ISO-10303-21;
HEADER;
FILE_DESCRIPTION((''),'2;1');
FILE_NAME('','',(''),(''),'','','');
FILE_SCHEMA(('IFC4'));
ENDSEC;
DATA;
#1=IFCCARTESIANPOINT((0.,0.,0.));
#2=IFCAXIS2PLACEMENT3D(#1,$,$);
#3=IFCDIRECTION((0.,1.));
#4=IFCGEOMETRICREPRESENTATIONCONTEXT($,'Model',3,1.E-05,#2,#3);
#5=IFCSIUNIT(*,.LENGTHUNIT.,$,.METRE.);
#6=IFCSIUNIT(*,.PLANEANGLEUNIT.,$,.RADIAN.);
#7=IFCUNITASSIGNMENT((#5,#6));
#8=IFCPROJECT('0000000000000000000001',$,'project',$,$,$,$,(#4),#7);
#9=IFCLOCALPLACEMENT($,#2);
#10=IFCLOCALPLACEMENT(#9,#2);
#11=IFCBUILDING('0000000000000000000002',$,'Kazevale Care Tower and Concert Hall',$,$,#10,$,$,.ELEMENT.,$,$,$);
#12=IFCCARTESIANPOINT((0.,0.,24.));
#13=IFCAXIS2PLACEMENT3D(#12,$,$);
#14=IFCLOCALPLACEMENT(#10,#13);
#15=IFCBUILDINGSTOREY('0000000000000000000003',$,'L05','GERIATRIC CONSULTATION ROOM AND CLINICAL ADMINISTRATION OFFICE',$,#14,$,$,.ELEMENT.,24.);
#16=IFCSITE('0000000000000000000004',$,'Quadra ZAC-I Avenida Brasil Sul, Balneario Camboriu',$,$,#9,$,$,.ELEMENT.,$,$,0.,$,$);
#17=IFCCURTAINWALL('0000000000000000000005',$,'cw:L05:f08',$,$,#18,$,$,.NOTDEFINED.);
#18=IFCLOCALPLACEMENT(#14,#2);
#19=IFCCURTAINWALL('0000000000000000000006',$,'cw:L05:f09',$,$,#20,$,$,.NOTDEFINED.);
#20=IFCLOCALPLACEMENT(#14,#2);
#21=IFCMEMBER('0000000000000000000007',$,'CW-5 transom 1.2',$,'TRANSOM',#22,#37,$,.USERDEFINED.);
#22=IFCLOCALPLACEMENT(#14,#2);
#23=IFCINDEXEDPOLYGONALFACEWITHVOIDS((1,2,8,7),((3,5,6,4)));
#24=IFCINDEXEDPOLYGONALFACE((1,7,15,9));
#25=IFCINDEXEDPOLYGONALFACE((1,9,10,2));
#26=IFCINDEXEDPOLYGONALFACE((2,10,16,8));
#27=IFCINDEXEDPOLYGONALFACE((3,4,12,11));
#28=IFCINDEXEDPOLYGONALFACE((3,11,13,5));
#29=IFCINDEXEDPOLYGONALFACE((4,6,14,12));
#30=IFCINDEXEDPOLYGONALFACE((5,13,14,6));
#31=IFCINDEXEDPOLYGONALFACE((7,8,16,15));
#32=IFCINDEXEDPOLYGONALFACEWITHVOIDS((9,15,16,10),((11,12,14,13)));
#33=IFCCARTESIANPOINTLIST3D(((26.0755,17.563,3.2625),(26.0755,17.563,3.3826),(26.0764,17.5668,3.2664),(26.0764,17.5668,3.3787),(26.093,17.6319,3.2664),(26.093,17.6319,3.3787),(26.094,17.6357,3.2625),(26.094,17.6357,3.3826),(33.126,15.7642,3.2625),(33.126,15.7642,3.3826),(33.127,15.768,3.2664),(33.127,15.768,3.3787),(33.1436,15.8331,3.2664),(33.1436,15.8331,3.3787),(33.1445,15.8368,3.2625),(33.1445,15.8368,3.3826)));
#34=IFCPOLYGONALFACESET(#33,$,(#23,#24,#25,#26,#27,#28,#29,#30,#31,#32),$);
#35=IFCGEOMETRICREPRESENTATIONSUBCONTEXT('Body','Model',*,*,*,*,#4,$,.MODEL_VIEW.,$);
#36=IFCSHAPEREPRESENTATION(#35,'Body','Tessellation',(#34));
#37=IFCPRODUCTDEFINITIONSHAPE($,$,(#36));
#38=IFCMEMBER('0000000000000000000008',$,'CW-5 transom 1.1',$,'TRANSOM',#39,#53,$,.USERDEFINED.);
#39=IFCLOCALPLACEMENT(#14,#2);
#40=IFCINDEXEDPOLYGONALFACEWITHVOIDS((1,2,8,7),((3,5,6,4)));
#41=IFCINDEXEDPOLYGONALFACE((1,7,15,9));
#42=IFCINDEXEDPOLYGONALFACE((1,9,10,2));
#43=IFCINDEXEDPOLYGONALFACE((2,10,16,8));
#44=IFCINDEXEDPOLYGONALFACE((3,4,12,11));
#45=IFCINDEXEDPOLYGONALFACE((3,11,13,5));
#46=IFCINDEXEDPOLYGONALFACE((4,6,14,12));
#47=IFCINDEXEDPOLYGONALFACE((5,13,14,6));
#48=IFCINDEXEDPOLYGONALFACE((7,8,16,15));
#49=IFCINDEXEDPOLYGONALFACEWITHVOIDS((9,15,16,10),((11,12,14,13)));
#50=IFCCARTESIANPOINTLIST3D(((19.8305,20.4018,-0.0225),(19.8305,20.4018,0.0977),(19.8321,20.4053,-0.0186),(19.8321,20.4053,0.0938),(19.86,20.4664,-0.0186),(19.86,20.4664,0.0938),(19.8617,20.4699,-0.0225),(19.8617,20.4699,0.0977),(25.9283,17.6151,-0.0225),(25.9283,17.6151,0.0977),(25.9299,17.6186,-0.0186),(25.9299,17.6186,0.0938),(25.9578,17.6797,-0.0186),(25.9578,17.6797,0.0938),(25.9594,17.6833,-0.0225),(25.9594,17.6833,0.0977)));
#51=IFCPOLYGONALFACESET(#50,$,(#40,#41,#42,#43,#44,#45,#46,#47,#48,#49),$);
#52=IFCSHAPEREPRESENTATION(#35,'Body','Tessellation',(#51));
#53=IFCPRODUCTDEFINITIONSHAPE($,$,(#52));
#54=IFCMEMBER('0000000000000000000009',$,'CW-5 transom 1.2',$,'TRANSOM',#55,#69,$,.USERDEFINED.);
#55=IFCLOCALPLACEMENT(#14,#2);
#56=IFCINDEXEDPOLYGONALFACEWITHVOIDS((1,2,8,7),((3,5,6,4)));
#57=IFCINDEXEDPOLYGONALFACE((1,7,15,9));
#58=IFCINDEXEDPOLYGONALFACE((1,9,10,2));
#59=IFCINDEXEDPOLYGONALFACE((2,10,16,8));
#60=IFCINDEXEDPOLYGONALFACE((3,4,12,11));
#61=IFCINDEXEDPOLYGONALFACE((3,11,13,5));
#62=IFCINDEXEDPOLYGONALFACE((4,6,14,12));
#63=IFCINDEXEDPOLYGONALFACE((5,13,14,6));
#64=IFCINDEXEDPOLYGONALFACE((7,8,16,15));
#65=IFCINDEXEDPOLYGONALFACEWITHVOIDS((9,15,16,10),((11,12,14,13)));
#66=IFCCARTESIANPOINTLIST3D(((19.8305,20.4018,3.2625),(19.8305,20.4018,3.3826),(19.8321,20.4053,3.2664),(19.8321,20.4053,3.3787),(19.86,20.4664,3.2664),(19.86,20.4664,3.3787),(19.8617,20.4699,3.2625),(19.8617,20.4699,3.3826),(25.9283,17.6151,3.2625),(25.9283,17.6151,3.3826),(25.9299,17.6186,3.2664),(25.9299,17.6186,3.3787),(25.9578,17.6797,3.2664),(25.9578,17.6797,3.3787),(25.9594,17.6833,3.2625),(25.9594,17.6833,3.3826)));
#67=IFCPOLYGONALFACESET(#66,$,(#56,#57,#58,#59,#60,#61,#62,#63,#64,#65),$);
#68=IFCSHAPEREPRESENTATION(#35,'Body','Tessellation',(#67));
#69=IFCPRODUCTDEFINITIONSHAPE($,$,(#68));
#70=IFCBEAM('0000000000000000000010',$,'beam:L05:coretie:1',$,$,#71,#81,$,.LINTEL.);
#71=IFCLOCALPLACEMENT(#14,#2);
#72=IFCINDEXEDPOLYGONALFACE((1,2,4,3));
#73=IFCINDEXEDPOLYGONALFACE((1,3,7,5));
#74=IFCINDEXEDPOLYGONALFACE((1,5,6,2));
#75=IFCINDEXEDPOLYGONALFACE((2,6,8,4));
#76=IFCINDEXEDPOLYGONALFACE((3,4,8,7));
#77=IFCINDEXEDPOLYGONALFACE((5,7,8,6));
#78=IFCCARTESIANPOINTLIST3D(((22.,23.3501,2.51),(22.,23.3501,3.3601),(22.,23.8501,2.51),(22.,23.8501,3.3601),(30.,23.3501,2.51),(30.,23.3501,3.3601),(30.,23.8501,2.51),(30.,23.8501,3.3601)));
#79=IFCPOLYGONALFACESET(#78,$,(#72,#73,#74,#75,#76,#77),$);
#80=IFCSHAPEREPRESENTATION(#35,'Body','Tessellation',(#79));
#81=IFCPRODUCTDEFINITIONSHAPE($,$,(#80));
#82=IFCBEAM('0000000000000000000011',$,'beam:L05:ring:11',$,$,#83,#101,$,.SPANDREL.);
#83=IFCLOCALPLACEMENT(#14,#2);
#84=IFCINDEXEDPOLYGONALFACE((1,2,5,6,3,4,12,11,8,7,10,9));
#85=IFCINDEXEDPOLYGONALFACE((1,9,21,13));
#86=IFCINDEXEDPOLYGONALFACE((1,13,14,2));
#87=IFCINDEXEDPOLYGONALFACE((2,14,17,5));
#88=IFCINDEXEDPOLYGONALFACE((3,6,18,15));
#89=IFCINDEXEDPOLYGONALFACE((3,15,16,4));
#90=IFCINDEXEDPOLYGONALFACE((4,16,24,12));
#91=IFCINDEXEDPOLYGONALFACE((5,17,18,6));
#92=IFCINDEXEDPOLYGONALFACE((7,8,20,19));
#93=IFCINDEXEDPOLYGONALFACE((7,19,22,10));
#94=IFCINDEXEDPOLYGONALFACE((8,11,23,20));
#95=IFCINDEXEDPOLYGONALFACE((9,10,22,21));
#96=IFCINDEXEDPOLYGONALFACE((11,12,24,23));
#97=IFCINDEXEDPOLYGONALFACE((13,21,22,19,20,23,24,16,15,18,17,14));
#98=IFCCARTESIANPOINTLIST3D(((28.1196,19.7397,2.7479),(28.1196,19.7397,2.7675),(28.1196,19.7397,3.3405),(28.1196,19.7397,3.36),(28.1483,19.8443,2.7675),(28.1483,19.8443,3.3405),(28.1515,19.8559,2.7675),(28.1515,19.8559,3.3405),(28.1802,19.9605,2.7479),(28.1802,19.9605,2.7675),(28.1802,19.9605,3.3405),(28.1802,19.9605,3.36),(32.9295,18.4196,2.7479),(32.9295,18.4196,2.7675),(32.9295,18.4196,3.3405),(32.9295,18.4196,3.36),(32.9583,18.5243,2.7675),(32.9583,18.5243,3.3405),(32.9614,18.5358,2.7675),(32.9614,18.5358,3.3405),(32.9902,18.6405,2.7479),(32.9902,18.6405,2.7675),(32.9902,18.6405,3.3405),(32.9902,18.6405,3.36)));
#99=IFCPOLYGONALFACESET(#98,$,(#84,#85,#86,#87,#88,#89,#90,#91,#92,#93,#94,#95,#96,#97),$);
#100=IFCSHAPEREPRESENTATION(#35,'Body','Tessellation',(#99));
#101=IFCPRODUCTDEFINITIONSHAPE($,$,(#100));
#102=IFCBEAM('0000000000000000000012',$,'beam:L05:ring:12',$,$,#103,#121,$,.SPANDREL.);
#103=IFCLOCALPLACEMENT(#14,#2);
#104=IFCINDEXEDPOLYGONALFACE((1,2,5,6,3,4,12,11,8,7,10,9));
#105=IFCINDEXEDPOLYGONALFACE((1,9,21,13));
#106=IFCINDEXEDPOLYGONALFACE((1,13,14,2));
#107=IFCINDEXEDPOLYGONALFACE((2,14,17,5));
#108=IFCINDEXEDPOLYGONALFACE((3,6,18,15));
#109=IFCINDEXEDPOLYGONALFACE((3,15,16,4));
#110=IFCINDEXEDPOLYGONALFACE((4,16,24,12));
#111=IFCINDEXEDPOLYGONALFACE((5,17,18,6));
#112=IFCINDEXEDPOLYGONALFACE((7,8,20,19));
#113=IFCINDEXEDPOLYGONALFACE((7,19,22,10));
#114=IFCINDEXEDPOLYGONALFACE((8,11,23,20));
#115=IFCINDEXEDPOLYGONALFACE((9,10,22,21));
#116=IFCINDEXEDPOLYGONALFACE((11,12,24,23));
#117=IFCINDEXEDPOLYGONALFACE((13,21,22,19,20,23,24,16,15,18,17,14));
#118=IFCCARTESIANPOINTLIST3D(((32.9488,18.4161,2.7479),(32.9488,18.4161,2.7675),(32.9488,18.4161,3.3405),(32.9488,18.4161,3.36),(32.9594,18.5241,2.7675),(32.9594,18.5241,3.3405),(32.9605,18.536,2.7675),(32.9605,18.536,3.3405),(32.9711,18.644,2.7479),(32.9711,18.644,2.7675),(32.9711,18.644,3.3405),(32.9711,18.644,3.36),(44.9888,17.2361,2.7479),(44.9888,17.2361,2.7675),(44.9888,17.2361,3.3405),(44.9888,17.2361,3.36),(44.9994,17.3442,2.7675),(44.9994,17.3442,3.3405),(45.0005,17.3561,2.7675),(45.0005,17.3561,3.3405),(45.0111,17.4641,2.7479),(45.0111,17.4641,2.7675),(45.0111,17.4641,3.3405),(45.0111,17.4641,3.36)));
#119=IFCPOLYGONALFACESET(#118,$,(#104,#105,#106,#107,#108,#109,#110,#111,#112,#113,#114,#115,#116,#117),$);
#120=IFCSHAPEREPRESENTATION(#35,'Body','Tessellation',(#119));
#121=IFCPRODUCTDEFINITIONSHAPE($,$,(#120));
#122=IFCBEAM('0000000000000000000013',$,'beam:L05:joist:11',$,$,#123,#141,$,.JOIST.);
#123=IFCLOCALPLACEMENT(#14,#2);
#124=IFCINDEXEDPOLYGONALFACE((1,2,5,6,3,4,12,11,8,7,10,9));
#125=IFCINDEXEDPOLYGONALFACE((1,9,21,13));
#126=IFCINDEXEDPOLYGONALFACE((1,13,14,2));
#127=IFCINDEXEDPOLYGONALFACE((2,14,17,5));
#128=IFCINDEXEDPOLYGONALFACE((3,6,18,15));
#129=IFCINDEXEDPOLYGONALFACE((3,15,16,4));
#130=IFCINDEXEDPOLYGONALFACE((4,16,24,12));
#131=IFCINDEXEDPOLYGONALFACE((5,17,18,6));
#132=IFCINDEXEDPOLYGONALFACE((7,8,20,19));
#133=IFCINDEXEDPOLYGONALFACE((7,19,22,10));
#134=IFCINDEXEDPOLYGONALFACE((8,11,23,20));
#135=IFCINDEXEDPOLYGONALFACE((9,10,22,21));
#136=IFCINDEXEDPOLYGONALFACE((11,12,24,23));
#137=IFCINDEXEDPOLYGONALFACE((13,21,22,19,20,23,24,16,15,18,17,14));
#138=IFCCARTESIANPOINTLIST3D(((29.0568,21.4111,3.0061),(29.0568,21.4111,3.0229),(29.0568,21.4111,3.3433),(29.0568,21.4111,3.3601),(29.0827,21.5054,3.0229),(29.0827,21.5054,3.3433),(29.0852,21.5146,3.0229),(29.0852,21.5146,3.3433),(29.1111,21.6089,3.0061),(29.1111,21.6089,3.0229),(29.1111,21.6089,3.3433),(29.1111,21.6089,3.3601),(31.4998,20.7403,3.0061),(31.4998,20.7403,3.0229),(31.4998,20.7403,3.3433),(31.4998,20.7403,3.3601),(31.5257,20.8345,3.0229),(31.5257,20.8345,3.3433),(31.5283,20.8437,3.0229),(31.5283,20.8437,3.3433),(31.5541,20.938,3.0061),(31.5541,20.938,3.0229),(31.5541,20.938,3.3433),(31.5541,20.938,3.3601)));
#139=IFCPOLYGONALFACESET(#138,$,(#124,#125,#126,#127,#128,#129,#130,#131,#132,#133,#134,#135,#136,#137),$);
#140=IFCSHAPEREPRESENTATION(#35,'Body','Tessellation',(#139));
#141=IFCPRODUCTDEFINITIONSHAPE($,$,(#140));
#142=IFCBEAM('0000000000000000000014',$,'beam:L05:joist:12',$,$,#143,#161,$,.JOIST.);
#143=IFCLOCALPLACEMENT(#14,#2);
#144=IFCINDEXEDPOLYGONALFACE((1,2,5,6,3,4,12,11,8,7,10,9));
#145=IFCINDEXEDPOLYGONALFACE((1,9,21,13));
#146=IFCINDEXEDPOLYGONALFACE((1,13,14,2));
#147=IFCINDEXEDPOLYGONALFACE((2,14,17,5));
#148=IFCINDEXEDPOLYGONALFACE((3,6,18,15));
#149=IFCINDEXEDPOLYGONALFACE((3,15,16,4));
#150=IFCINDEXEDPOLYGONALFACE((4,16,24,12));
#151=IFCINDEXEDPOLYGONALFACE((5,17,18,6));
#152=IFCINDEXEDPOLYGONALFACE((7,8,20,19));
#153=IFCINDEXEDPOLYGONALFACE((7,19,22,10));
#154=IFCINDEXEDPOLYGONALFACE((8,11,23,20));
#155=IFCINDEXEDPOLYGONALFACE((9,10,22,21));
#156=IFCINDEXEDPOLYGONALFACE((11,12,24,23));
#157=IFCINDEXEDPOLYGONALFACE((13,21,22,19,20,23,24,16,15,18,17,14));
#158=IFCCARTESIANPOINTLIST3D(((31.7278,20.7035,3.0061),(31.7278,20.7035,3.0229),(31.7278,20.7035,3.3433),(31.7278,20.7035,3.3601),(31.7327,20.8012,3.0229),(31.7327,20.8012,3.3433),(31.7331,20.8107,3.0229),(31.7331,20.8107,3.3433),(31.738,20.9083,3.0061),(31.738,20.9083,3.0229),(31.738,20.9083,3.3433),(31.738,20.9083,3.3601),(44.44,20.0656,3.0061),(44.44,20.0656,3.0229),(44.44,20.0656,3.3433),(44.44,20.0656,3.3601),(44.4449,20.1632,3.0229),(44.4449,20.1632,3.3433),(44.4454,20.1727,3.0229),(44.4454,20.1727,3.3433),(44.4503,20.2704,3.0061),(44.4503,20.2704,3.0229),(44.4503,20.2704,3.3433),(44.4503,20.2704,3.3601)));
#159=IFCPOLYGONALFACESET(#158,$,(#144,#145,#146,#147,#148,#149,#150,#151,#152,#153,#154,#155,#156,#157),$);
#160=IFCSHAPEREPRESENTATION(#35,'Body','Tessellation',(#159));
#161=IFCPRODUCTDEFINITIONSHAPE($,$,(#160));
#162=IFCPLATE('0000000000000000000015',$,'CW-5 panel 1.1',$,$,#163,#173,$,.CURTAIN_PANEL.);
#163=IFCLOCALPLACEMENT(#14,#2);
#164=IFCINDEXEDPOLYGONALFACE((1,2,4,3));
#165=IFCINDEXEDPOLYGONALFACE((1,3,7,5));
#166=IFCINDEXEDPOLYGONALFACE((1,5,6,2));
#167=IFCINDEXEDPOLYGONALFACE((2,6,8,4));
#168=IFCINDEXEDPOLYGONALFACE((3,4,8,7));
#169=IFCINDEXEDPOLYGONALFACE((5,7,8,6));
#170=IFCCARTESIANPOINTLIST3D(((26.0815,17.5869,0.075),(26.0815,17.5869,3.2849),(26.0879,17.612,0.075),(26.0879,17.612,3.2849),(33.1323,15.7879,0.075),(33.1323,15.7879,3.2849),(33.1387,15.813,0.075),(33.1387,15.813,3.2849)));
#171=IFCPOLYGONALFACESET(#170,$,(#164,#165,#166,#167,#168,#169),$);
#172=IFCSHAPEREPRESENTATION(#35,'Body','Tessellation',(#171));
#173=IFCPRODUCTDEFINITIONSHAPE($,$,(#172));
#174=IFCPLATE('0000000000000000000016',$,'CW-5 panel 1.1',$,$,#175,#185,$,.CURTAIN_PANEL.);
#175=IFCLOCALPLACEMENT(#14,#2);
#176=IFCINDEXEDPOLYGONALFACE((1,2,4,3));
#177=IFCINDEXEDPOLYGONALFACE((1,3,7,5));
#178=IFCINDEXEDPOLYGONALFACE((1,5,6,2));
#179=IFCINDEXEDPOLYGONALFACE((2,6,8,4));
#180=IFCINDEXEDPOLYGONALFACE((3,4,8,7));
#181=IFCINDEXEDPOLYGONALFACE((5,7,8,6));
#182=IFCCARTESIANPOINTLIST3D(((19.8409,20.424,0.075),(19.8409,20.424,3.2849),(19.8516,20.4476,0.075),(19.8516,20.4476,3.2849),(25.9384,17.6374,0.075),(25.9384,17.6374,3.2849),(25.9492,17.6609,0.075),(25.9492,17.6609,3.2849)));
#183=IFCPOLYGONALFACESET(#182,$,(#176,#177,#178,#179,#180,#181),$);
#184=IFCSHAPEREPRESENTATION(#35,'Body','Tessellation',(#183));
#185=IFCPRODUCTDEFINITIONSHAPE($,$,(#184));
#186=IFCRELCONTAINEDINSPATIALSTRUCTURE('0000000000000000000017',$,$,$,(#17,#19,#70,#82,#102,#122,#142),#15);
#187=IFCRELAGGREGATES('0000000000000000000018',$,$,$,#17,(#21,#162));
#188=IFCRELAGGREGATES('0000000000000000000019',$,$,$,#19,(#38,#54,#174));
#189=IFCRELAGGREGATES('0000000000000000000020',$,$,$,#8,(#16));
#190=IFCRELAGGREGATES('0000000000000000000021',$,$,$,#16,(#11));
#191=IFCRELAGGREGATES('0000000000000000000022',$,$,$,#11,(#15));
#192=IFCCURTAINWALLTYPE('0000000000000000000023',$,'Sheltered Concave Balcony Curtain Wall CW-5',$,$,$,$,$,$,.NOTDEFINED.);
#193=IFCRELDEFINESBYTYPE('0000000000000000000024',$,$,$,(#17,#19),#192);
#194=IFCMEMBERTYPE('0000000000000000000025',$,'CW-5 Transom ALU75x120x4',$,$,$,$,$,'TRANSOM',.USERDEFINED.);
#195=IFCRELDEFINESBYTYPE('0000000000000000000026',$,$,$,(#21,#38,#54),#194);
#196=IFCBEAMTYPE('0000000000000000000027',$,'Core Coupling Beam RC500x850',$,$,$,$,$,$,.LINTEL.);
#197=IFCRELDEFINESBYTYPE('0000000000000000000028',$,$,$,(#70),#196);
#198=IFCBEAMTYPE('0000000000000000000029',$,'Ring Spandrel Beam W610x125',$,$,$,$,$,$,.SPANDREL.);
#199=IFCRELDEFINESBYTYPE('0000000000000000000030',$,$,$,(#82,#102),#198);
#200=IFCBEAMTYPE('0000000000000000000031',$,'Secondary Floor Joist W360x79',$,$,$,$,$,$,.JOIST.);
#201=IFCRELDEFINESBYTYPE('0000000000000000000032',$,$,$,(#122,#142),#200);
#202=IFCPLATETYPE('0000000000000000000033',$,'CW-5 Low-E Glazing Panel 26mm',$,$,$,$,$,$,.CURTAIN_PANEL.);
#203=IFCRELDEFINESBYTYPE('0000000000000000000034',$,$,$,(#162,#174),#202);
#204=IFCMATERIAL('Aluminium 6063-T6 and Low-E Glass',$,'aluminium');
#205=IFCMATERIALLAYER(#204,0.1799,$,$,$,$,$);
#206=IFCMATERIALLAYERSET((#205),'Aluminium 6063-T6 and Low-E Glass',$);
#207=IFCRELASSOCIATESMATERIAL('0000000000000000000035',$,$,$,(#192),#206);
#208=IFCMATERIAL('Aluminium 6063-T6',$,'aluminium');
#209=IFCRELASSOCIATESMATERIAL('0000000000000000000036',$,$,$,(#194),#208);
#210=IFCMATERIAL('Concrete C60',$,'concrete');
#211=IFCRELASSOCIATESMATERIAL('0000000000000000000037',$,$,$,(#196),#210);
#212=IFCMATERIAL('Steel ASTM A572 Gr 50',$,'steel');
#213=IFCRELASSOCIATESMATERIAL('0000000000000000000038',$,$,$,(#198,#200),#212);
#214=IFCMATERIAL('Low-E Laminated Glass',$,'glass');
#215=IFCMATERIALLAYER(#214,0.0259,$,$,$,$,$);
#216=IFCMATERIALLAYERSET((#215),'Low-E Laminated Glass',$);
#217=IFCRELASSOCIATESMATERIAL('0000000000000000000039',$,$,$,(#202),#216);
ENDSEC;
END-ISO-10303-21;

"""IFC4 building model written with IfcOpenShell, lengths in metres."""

from ifc_helpers import new_model, si_unit, direction, frame, origin, origin_2d, place, context, subcontext, project, spatial, rectangle, hollow_rectangle, i_section, extrude, material, layer, layer_set, material_profile, profile_set, type_object, element, aggregate, save


model = new_model("IFC4")

# Units and contexts
model_context = context("Model", 3, precision=1e-05, world=origin(), true_north=direction((0.0, 1.0)))
body_context = subcontext(model_context, "Body", "Model", "MODEL_VIEW")
ifc_project = project(units=[si_unit("LENGTHUNIT", "METRE"), si_unit("PLANEANGLEUNIT", "RADIAN")], contexts=[model_context])

# Site, building, storey
site_placement = place(None, origin())
site = spatial("IfcSite", under=ifc_project, at=site_placement, Name="Quadra ZAC-I Avenida Brasil Sul, Balneario Camboriu", CompositionType="ELEMENT", RefElevation=0.0)
building_placement = place(site_placement, origin())
building = spatial("IfcBuilding", under=site, at=building_placement, Name="Kazevale Care Tower and Concert Hall", CompositionType="ELEMENT")
storey_placement = place(building_placement, frame((0.0, 0.0, 24.0)))
storey = spatial("IfcBuildingStorey", under=building, at=storey_placement, Name="L05", Description="GERIATRIC CONSULTATION ROOM AND CLINICAL ADMINISTRATION OFFICE", CompositionType="ELEMENT", Elevation=24.0)

# Curtain wall
ifc_material_1 = material(Name="Aluminium 6063-T6 and Low-E Glass", Category="aluminium")
ifc_layer_1 = layer(ifc_material_1, 0.1799)
ifc_layer_set_1 = layer_set([ifc_layer_1], Name="Aluminium 6063-T6 and Low-E Glass")
curtain_wall_type = type_object("IfcCurtainWallType", Name="Sheltered Concave Balcony Curtain Wall CW-5", PredefinedType="NOTDEFINED", material=ifc_layer_set_1)
curtain_wall_1_placement = place(storey_placement, origin())
curtain_wall_1 = element("IfcCurtainWall", 1, at=curtain_wall_1_placement, inside=storey, type_object=curtain_wall_type, Name="cw:L05:f08", PredefinedType="NOTDEFINED")
ifc_material_2 = material(Name="Aluminium 6063-T6", Category="aluminium")

# Curtain wall
curtain_wall_2_placement = place(storey_placement, origin())
curtain_wall_2 = element("IfcCurtainWall", 2, at=curtain_wall_2_placement, inside=storey, type_object=curtain_wall_type, Name="cw:L05:f09", PredefinedType="NOTDEFINED")

# Members
ifc_material_profile_1 = material_profile(ifc_material_2, hollow_rectangle(XDim=0.075, YDim=0.1201, WallThickness=0.0039, at=origin_2d()), Name="ALU75x120x4")
ifc_profile_set_1 = profile_set([ifc_material_profile_1], Name="Aluminium 6063-T6")
member_type_1 = type_object("IfcMemberType", Name="CW-5 Transom ALU75x120x4", ElementType="TRANSOM", PredefinedType="USERDEFINED", material=ifc_profile_set_1)
member_1_placement = place(storey_placement, frame((33.1353, 15.8005, 3.3225), z_axis=(-0.968961, 0.247214, 0.0), x_axis=(-0.247214, -0.968961, 0.0)))
member_1 = element("IfcMember", 3, at=member_1_placement, type_object=member_type_1, Name="CW-5 transom 1.2", ObjectType="TRANSOM", PredefinedType="USERDEFINED", context=body_context, shape_type="SweptSolid", body=[
    extrude(hollow_rectangle(XDim=0.075, YDim=0.1201, WallThickness=0.0039, at=origin_2d()), origin(), (0.0, 0.0, 1.0), 7.2764),
])
member_2_placement = place(storey_placement, frame((25.9438, 17.6492, 0.0376), z_axis=(-0.909524, 0.415651, 0.0), x_axis=(-0.415651, -0.909524, 0.0)))
member_2 = element("IfcMember", 4, at=member_2_placement, type_object=member_type_1, Name="CW-5 transom 1.1", ObjectType="TRANSOM", PredefinedType="USERDEFINED", context=body_context, shape_type="SweptSolid", body=[
    extrude(hollow_rectangle(XDim=0.075, YDim=0.1201, WallThickness=0.0039, at=origin_2d()), origin(), (0.0, 0.0, 1.0), 6.7043),
])
member_3_placement = place(storey_placement, frame((25.9438, 17.6492, 3.3225), z_axis=(-0.909524, 0.415651, 0.0), x_axis=(-0.415651, -0.909524, 0.0)))
member_3 = element("IfcMember", 5, at=member_3_placement, type_object=member_type_1, Name="CW-5 transom 1.2", ObjectType="TRANSOM", PredefinedType="USERDEFINED", context=body_context, shape_type="SweptSolid", body=[
    extrude(hollow_rectangle(XDim=0.075, YDim=0.1201, WallThickness=0.0039, at=origin_2d()), origin(), (0.0, 0.0, 1.0), 6.7043),
])

# Beams
ifc_material_3 = material(Name="Concrete C60", Category="concrete")
ifc_material_profile_2 = material_profile(ifc_material_3, rectangle(XDim=0.5, YDim=0.8501, at=origin_2d()), Name="RC-B500x850")
ifc_profile_set_2 = profile_set([ifc_material_profile_2], Name="Concrete C60")
beam_type_1 = type_object("IfcBeamType", Name="Core Coupling Beam RC500x850", PredefinedType="LINTEL", material=ifc_profile_set_2)
beam_1_placement = place(storey_placement, frame((22.0, 23.6001, 2.9351), z_axis=(1.0, 0.0, 0.0), x_axis=(0.0, 1.0, 0.0)))
element("IfcBeam", 6, at=beam_1_placement, inside=storey, type_object=beam_type_1, Name="beam:L05:coretie:1", PredefinedType="LINTEL", context=body_context, shape_type="SweptSolid", body=[
    extrude(rectangle(XDim=0.5, YDim=0.8501, at=origin_2d()), origin(), (0.0, 0.0, 1.0), 8.0),
])
ifc_material_4 = material(Name="Steel ASTM A572 Gr 50", Category="steel")
ifc_material_profile_3 = material_profile(ifc_material_4, i_section(OverallWidth=0.229, OverallDepth=0.6121, WebThickness=0.012, FlangeThickness=0.0195, at=origin_2d()), Name="W610x125")
ifc_profile_set_3 = profile_set([ifc_material_profile_3], Name="Steel ASTM A572 Gr 50")
beam_type_2 = type_object("IfcBeamType", Name="Ring Spandrel Beam W610x125", PredefinedType="SPANDREL", material=ifc_profile_set_3)
beam_2_placement = place(storey_placement, frame((28.1499, 19.8501, 3.054), z_axis=(0.964344, -0.264654, 0.0), x_axis=(0.264654, 0.964344, 0.0)))
element("IfcBeam", 7, at=beam_2_placement, inside=storey, type_object=beam_type_2, Name="beam:L05:ring:11", PredefinedType="SPANDREL", context=body_context, shape_type="SweptSolid", body=[
    extrude(i_section(OverallWidth=0.229, OverallDepth=0.6121, WebThickness=0.012, FlangeThickness=0.0195, at=origin_2d()), origin(), (0.0, 0.0, 1.0), 4.9878),
])
beam_3_placement = place(storey_placement, frame((32.96, 18.53, 3.054), z_axis=(0.995232, -0.097533, 0.0), x_axis=(0.097533, 0.995232, 0.0)))
element("IfcBeam", 8, at=beam_3_placement, inside=storey, type_object=beam_type_2, Name="beam:L05:ring:12", PredefinedType="SPANDREL", context=body_context, shape_type="SweptSolid", body=[
    extrude(i_section(OverallWidth=0.229, OverallDepth=0.6121, WebThickness=0.012, FlangeThickness=0.0195, at=origin_2d()), origin(), (0.0, 0.0, 1.0), 12.0977),
])
ifc_material_profile_4 = material_profile(ifc_material_4, i_section(OverallWidth=0.2051, OverallDepth=0.354, WebThickness=0.0095, FlangeThickness=0.0168, at=origin_2d()), Name="W360x79")
ifc_profile_set_4 = profile_set([ifc_material_profile_4], Name="Steel ASTM A572 Gr 50")
beam_type_3 = type_object("IfcBeamType", Name="Secondary Floor Joist W360x79", PredefinedType="JOIST", material=ifc_profile_set_4)
beam_4_placement = place(storey_placement, frame((29.084, 21.51, 3.1831), z_axis=(0.964302, -0.264805, 0.0), x_axis=(0.264805, 0.964302, 0.0)))
element("IfcBeam", 9, at=beam_4_placement, inside=storey, type_object=beam_type_3, Name="beam:L05:joist:11", PredefinedType="JOIST", context=body_context, shape_type="SweptSolid", body=[
    extrude(i_section(OverallWidth=0.2051, OverallDepth=0.354, WebThickness=0.0095, FlangeThickness=0.0168, at=origin_2d()), origin(), (0.0, 0.0, 1.0), 2.5334),
])
beam_5_placement = place(storey_placement, frame((31.7329, 20.8059, 3.1831), z_axis=(0.998743, -0.05012, 0.0), x_axis=(0.05012, 0.998743, 0.0)))
element("IfcBeam", 10, at=beam_5_placement, inside=storey, type_object=beam_type_3, Name="beam:L05:joist:12", PredefinedType="JOIST", context=body_context, shape_type="SweptSolid", body=[
    extrude(i_section(OverallWidth=0.2051, OverallDepth=0.354, WebThickness=0.0095, FlangeThickness=0.0168, at=origin_2d()), origin(), (0.0, 0.0, 1.0), 12.7283),
])

# Plates
ifc_material_5 = material(Name="Low-E Laminated Glass", Category="glass")
ifc_layer_2 = layer(ifc_material_5, 0.0259)
ifc_layer_set_2 = layer_set([ifc_layer_2], Name="Low-E Laminated Glass")
plate_type = type_object("IfcPlateType", Name="CW-5 Low-E Glazing Panel 26mm", PredefinedType="CURTAIN_PANEL", material=ifc_layer_set_2)
plate_1_placement = place(storey_placement, frame((29.6101, 16.7, 0.075), z_axis=(0.0, 0.0, 1.0), x_axis=(-0.968959, 0.247222, 0.0)))
plate_1 = element("IfcPlate", 11, at=plate_1_placement, type_object=plate_type, Name="CW-5 panel 1.1", PredefinedType="CURTAIN_PANEL", context=body_context, shape_type="SweptSolid", body=[
    extrude(rectangle(XDim=7.2766, YDim=0.0259, at=origin_2d()), origin(), (0.0, 0.0, 1.0), 3.21),
])
aggregate(curtain_wall_1, [member_1, plate_1])
plate_2_placement = place(storey_placement, frame((22.895, 19.0425, 0.075), z_axis=(0.0, 0.0, 1.0), x_axis=(-0.90952, 0.41566, 0.0)))
plate_2 = element("IfcPlate", 12, at=plate_2_placement, type_object=plate_type, Name="CW-5 panel 1.1", PredefinedType="CURTAIN_PANEL", context=body_context, shape_type="SweptSolid", body=[
    extrude(rectangle(XDim=6.7041, YDim=0.0259, at=origin_2d()), origin(), (0.0, 0.0, 1.0), 3.21),
])
aggregate(curtain_wall_2, [member_2, member_3, plate_2])

save(model, "model.ifc")
